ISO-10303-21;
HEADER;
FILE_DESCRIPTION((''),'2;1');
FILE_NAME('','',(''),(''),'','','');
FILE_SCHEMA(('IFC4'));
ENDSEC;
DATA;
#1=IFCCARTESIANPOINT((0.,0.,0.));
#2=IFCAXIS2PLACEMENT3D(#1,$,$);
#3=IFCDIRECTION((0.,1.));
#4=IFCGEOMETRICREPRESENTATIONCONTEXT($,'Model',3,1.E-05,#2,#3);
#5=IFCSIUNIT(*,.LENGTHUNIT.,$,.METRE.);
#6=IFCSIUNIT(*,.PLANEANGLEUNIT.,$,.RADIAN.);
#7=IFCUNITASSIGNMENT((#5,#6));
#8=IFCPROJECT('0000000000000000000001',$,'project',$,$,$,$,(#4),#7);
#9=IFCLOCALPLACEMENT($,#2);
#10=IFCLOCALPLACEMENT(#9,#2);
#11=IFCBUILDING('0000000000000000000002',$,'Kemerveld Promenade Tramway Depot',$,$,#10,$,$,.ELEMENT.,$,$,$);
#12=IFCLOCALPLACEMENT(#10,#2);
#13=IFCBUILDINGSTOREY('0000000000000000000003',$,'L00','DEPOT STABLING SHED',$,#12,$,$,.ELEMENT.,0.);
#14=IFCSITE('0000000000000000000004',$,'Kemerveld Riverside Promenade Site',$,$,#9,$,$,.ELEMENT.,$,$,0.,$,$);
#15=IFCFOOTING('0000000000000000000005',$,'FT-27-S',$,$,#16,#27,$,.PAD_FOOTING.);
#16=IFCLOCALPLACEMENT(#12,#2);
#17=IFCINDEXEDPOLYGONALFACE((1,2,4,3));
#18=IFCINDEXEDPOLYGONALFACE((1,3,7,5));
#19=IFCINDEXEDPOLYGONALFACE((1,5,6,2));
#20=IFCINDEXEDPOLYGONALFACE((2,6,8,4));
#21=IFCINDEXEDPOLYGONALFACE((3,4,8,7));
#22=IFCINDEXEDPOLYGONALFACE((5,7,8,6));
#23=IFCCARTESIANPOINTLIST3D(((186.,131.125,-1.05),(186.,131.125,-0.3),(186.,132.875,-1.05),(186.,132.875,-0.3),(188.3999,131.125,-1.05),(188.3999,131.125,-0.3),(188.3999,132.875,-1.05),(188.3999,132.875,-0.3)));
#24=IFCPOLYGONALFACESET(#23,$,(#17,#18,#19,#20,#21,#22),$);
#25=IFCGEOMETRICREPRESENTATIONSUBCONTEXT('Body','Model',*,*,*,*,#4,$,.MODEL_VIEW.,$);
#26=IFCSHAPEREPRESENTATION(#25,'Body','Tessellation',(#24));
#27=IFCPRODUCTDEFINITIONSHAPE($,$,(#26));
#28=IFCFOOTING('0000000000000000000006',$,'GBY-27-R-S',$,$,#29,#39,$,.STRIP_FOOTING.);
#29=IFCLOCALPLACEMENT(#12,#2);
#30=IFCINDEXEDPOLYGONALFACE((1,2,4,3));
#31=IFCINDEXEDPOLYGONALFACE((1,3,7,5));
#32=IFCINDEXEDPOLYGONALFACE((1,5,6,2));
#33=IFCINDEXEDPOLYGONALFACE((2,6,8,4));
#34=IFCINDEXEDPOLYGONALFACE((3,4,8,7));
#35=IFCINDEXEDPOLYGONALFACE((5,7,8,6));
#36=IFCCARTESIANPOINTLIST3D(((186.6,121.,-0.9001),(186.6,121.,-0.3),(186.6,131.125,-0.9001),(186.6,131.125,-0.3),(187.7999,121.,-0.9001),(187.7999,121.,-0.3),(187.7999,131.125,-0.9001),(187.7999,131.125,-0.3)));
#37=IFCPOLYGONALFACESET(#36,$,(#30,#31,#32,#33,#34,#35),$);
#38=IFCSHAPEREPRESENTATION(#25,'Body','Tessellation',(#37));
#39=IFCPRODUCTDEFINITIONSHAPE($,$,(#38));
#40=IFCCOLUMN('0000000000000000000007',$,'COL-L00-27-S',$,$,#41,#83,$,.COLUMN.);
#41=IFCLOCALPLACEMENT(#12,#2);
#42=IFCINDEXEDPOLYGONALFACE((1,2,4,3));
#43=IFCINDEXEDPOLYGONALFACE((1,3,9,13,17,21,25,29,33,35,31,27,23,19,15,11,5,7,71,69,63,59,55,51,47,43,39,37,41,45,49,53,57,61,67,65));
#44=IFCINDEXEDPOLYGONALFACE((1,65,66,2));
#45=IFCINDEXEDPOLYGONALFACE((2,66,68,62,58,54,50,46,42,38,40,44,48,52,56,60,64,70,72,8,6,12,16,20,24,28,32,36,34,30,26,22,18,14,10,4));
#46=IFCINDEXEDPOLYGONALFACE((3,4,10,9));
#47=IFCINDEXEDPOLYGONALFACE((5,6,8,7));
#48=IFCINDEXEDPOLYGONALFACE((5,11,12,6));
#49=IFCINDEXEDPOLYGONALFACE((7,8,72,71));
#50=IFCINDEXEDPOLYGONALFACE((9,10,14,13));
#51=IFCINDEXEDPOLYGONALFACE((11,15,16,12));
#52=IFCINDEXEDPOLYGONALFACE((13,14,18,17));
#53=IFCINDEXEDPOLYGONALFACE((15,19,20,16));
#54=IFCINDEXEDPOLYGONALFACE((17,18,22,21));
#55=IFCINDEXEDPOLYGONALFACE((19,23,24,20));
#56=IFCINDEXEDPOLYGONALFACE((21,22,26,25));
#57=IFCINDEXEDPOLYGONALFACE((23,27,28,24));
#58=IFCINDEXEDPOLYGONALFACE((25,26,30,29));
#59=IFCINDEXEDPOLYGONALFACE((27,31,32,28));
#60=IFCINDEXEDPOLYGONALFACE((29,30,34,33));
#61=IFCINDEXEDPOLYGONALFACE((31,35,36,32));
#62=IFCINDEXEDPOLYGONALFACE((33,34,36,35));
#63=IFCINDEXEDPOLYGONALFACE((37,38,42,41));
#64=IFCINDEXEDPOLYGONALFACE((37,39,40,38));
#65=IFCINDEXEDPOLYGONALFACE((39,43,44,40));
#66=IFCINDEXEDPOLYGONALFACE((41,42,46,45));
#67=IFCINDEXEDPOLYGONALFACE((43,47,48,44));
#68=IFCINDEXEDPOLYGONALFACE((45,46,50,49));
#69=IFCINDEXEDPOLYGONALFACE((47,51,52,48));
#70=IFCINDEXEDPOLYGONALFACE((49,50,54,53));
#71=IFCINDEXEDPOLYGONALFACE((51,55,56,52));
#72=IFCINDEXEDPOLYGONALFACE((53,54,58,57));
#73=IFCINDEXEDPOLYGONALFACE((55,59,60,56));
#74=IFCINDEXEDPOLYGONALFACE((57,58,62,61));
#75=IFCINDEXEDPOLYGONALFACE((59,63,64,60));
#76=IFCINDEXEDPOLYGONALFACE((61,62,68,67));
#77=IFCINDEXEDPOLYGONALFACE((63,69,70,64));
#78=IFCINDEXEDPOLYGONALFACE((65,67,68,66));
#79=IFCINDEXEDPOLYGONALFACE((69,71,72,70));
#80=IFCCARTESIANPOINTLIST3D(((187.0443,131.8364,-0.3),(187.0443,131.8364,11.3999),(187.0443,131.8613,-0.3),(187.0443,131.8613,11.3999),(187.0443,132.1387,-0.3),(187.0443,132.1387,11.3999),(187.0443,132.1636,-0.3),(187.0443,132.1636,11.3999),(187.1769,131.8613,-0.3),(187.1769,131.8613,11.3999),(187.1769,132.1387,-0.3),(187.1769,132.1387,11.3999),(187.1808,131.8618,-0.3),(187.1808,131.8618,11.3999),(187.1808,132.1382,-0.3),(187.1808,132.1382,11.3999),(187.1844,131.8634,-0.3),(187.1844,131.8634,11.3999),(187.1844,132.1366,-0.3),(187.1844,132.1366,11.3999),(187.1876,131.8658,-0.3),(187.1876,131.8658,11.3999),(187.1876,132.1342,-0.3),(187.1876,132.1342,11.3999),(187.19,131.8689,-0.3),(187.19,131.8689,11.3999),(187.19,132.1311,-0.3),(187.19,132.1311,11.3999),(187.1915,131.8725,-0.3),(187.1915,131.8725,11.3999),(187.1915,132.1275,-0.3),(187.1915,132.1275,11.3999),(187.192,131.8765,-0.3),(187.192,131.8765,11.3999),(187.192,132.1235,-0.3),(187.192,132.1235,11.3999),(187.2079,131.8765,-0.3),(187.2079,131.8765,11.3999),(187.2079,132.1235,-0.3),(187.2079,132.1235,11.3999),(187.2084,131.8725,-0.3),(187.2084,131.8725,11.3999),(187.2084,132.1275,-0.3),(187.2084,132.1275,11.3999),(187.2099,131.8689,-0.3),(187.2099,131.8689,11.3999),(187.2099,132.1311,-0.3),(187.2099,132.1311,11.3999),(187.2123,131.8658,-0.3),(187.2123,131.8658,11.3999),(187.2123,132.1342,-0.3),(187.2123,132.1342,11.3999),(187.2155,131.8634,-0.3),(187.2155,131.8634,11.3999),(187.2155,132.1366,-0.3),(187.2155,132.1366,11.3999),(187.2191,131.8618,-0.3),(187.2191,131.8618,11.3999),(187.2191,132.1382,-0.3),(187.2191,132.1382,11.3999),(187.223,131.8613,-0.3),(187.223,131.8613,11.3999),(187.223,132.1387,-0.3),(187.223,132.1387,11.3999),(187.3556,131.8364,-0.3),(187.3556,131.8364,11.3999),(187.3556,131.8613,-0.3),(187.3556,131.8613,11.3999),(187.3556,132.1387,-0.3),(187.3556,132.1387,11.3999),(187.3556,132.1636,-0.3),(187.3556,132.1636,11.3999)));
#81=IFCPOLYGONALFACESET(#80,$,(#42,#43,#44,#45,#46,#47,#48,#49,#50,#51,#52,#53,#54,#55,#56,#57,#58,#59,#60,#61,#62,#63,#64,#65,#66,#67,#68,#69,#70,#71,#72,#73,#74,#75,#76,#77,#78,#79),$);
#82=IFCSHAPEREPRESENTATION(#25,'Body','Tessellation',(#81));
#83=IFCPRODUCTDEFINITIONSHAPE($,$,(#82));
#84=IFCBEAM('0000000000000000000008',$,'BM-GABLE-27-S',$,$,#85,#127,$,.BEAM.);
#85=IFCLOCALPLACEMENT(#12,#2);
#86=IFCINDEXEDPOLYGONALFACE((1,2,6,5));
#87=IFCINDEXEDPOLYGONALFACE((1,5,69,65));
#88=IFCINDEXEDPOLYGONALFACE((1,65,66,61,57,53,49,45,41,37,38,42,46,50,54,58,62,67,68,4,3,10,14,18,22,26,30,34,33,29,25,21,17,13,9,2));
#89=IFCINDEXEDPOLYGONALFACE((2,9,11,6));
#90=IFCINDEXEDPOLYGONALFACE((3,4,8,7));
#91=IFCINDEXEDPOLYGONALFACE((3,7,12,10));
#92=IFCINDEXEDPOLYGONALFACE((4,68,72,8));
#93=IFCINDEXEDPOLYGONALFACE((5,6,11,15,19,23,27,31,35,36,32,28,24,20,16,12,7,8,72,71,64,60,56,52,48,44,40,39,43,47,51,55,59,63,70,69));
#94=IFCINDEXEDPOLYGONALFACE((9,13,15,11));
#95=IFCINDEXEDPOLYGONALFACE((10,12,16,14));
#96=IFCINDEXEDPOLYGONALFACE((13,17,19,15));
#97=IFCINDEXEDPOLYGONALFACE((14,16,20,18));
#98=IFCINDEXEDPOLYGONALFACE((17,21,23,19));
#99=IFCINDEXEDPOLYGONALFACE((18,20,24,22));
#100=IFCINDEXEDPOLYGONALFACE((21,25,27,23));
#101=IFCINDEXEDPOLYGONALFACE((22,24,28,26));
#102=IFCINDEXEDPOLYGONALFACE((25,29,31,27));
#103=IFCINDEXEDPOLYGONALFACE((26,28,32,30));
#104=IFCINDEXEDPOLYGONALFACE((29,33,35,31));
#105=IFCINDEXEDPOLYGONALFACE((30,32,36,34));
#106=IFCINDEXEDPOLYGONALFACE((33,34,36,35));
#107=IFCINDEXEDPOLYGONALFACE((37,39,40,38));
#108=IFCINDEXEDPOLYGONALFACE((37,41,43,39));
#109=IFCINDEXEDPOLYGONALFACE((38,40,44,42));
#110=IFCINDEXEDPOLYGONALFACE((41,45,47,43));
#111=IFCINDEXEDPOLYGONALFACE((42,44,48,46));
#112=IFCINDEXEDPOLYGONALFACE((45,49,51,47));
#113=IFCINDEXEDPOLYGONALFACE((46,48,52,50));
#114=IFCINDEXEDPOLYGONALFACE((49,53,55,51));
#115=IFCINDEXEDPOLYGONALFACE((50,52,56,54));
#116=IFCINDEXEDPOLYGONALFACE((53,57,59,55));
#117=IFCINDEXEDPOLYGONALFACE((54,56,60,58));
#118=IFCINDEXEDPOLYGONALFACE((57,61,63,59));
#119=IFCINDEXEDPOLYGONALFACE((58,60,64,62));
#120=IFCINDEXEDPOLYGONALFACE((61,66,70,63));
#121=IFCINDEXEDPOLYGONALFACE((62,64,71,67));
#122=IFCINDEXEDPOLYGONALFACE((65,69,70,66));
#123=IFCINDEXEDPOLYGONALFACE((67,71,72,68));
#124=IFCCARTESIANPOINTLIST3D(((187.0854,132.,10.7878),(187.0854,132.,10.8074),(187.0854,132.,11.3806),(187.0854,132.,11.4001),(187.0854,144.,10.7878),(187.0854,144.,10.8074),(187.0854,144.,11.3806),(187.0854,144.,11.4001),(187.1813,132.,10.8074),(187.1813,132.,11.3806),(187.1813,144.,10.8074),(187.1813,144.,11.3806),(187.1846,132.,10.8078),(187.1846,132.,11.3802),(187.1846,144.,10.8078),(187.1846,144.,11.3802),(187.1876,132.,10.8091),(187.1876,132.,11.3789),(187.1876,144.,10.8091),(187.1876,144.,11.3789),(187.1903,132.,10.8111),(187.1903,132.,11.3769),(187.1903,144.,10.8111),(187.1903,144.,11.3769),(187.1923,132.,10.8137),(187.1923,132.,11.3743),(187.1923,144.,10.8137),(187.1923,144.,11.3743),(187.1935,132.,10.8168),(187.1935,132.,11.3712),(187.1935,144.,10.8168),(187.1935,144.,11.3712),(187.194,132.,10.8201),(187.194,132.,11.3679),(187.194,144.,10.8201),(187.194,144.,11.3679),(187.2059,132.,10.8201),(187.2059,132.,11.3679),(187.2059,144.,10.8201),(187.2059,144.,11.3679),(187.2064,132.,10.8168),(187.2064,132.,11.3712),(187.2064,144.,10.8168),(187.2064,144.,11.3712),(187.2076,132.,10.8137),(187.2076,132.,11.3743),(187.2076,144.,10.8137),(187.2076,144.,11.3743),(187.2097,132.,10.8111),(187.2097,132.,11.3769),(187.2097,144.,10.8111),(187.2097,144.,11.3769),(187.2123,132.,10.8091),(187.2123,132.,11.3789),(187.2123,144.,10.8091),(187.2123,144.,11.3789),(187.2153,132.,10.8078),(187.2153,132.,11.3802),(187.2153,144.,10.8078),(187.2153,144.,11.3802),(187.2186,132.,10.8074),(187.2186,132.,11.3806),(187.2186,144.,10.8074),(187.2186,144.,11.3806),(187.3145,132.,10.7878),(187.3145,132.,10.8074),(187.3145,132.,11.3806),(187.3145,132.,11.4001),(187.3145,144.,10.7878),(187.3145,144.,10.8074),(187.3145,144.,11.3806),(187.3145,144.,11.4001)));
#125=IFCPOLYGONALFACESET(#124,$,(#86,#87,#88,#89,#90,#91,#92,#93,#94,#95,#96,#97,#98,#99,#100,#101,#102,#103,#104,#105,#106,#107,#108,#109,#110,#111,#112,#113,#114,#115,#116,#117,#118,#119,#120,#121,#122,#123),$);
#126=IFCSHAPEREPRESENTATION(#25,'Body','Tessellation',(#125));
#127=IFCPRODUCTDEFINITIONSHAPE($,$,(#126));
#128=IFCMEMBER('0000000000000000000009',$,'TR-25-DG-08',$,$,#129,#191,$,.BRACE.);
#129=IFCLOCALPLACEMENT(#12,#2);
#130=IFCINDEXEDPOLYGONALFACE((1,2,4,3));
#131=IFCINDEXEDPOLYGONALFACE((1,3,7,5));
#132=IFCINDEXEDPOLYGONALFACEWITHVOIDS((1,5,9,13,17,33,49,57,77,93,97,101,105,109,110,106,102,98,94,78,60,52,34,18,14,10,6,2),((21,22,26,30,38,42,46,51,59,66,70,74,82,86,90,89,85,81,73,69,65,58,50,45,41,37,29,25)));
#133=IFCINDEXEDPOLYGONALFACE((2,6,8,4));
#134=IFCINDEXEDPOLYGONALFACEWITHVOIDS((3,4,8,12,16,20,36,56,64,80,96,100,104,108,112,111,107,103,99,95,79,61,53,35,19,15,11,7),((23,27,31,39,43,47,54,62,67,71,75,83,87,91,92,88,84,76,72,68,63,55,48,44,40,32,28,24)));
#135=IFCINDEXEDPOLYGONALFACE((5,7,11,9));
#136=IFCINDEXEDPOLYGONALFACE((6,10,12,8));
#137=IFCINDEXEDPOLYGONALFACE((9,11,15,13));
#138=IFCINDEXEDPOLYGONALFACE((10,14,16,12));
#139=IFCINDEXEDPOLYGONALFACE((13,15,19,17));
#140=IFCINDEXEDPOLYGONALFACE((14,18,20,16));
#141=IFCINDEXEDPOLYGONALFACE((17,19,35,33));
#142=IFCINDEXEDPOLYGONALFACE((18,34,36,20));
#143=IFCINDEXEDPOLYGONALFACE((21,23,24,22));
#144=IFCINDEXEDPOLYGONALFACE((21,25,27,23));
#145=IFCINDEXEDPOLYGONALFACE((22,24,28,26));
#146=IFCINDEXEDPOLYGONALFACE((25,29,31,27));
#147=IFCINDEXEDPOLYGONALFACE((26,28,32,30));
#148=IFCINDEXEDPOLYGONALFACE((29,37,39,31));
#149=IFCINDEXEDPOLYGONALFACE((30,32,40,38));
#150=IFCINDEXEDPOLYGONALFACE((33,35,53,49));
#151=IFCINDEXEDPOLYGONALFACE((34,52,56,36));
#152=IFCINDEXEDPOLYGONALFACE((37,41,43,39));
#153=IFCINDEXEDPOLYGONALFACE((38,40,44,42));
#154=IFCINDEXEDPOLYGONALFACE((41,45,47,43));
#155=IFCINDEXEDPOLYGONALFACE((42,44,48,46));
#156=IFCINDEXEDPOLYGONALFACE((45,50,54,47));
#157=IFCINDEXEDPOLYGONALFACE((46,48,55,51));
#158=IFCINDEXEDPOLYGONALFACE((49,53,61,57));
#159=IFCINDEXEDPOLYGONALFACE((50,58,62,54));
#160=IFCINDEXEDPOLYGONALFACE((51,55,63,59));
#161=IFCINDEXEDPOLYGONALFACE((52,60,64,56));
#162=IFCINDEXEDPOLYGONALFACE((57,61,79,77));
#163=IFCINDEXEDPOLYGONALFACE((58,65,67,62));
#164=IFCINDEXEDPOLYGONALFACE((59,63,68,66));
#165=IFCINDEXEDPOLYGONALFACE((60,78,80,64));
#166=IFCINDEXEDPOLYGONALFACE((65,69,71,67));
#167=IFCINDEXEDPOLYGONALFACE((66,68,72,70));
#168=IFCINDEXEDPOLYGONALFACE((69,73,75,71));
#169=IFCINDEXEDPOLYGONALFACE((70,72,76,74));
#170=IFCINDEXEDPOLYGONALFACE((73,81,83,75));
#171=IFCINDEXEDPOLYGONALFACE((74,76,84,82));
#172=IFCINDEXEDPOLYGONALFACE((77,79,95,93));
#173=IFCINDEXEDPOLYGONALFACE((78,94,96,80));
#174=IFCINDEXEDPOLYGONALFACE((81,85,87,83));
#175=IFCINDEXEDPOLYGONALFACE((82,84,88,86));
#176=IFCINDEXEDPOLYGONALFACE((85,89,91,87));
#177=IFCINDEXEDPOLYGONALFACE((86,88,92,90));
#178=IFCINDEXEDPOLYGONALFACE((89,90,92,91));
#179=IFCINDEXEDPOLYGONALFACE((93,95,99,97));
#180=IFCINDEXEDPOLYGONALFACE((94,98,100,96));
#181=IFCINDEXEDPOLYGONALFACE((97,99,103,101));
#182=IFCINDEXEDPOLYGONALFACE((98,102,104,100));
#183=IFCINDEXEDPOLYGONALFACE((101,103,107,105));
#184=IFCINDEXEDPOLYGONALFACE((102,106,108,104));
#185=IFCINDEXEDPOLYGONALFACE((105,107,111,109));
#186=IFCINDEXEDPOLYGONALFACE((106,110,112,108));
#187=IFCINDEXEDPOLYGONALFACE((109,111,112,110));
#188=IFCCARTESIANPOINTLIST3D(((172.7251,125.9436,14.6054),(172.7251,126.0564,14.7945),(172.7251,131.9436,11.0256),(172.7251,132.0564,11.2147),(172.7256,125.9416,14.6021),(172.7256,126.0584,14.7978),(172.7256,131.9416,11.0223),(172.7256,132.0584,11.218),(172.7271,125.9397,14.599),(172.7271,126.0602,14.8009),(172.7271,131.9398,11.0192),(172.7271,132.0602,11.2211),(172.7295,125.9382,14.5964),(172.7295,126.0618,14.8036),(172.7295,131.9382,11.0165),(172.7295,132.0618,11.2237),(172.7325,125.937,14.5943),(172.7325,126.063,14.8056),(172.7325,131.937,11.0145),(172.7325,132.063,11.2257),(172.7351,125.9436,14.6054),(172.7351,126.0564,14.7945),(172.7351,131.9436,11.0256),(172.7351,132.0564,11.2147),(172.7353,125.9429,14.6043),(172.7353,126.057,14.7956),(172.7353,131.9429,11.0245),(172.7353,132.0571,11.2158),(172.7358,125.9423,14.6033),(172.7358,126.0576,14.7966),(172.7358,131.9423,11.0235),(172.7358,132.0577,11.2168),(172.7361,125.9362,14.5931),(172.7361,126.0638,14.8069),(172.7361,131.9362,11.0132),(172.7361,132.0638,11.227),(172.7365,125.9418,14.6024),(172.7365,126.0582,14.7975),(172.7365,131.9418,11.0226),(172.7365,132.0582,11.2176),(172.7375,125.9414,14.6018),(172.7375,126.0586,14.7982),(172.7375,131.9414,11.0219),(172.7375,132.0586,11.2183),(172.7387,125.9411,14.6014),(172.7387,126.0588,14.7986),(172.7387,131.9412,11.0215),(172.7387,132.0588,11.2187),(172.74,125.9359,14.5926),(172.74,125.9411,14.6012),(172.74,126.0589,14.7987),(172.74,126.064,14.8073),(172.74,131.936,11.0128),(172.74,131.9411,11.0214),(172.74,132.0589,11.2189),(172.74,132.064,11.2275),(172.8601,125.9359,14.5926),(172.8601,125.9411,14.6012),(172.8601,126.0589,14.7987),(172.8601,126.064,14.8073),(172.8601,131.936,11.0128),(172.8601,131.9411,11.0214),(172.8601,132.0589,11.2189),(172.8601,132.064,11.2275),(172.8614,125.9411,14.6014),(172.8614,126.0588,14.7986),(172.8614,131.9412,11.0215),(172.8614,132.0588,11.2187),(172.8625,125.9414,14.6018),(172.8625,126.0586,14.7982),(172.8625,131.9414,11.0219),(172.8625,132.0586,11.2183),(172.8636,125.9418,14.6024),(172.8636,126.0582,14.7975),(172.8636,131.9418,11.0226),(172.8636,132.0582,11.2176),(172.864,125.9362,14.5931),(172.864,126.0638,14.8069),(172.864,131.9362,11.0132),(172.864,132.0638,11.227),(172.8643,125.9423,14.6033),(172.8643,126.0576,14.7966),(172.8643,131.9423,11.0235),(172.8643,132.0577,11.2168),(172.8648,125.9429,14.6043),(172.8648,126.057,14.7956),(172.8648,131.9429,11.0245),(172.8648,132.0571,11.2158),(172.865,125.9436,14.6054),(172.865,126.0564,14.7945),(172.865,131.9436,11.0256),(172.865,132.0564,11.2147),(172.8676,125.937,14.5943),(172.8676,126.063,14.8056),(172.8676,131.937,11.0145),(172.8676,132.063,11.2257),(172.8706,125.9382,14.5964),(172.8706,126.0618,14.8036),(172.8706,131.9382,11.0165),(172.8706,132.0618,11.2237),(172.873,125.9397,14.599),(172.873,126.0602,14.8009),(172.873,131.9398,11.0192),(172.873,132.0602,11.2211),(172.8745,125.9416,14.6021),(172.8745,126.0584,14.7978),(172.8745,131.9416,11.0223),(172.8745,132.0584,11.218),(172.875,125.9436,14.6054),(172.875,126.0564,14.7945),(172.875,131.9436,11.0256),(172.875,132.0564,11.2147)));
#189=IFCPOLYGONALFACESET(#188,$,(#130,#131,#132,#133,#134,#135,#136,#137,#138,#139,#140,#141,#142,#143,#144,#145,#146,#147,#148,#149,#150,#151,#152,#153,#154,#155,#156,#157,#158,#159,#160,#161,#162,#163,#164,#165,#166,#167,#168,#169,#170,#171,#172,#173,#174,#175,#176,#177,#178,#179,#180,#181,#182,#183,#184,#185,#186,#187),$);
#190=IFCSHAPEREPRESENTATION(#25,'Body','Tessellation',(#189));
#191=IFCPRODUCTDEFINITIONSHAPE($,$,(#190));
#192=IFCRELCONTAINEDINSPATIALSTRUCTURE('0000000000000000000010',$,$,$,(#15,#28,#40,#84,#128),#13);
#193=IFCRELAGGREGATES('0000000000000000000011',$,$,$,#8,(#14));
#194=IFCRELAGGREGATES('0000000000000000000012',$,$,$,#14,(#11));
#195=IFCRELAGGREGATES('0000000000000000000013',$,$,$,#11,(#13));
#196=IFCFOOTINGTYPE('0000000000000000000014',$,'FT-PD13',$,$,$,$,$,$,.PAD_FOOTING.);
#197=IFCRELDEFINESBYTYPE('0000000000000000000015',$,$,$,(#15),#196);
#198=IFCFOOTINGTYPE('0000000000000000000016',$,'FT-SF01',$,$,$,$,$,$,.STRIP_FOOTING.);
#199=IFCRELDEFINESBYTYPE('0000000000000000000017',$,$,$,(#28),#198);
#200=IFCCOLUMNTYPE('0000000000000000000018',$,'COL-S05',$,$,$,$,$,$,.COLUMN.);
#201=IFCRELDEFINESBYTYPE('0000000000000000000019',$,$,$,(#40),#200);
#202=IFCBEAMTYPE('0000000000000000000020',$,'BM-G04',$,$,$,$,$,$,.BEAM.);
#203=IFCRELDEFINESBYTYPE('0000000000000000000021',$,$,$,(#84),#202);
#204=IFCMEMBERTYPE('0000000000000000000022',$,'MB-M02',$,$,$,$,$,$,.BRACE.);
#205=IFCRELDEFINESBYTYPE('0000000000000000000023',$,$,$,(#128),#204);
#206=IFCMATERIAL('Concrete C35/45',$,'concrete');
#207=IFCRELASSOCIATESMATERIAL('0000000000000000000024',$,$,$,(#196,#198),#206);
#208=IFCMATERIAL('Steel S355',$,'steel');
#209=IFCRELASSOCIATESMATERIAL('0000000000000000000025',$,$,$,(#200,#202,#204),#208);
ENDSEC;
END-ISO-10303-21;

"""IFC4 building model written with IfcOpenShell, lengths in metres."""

from ifc_helpers import new_model, si_unit, direction, frame, origin, origin_2d, place, context, subcontext, project, spatial, rectangle, hollow_rectangle, i_section, extrude, material, material_profile, profile_set, type_object, element, save


model = new_model("IFC4")

# Units and contexts
model_context = context("Model", 3, precision=1e-05, world=origin(), true_north=direction((0.0, 1.0)))
body_context = subcontext(model_context, "Body", "Model", "MODEL_VIEW")
ifc_project = project(units=[si_unit("LENGTHUNIT", "METRE"), si_unit("PLANEANGLEUNIT", "RADIAN")], contexts=[model_context])

# Site, building, storey
site_placement = place(None, origin())
site = spatial("IfcSite", under=ifc_project, at=site_placement, Name="Kemerveld Riverside Promenade Site", CompositionType="ELEMENT", RefElevation=0.0)
building_placement = place(site_placement, origin())
building = spatial("IfcBuilding", under=site, at=building_placement, Name="Kemerveld Promenade Tramway Depot", CompositionType="ELEMENT")
storey_placement = place(building_placement, origin())
storey = spatial("IfcBuildingStorey", under=building, at=storey_placement, Name="L00", Description="DEPOT STABLING SHED", CompositionType="ELEMENT", Elevation=0.0)

# Footings
ifc_material_1 = material(Name="Concrete C35/45", Category="concrete")
footing_type_1 = type_object("IfcFootingType", Name="FT-PD13", PredefinedType="PAD_FOOTING", material=ifc_material_1)
footing_1_placement = place(storey_placement, frame((187.2, 132.0, -1.05), z_axis=(0.0, 0.0, 1.0), x_axis=(1.0, 0.0, 0.0)))
element("IfcFooting", 1, at=footing_1_placement, inside=storey, type_object=footing_type_1, Name="FT-27-S", PredefinedType="PAD_FOOTING", context=body_context, shape_type="SweptSolid", body=[
    extrude(rectangle(XDim=2.3999, YDim=1.75, at=origin_2d()), origin(), (0.0, 0.0, 1.0), 0.75),
])
footing_type_2 = type_object("IfcFootingType", Name="FT-SF01", PredefinedType="STRIP_FOOTING", material=ifc_material_1)
footing_2_placement = place(storey_placement, frame((187.2, 126.0625, -0.9001), z_axis=(0.0, 0.0, 1.0), x_axis=(0.0, 1.0, 0.0)))
element("IfcFooting", 2, at=footing_2_placement, inside=storey, type_object=footing_type_2, Name="GBY-27-R-S", PredefinedType="STRIP_FOOTING", context=body_context, shape_type="SweptSolid", body=[
    extrude(rectangle(XDim=10.125, YDim=1.2, at=origin_2d()), origin(), (0.0, 0.0, 1.0), 0.6001),
])

# Column
ifc_material_2 = material(Name="Steel S355", Category="steel")
ifc_material_profile_1 = material_profile(ifc_material_2, i_section(OverallWidth=0.3113, OverallDepth=0.3271, WebThickness=0.0159, FlangeThickness=0.0249, FilletRadius=0.0151, at=origin_2d()), Name="305x305x158 UC")
ifc_profile_set_1 = profile_set([ifc_material_profile_1], Name="Steel S355")
column_type = type_object("IfcColumnType", Name="COL-S05", PredefinedType="COLUMN", material=ifc_profile_set_1)
column_placement = place(storey_placement, frame((187.2, 132.0, -0.3), z_axis=(0.0, 0.0, 1.0), x_axis=(1.0, 0.0, 0.0)))
element("IfcColumn", 3, at=column_placement, inside=storey, type_object=column_type, Name="COL-L00-27-S", PredefinedType="COLUMN", context=body_context, shape_type="SweptSolid", body=[
    extrude(i_section(OverallWidth=0.3113, OverallDepth=0.3271, WebThickness=0.0159, FlangeThickness=0.0249, FilletRadius=0.0151, at=origin_2d()), origin(), (0.0, 0.0, 1.0), 11.7),
])

# Beam
ifc_material_profile_2 = material_profile(ifc_material_2, i_section(OverallWidth=0.229, OverallDepth=0.6123, WebThickness=0.012, FlangeThickness=0.0195, FilletRadius=0.0127, at=origin_2d()), Name="610x229x125 UB")
ifc_profile_set_2 = profile_set([ifc_material_profile_2], Name="Steel S355")
beam_type = type_object("IfcBeamType", Name="BM-G04", PredefinedType="BEAM", material=ifc_profile_set_2)
beam_placement = place(storey_placement, frame((187.2, 132.0, 11.094), z_axis=(0.0, 1.0, 0.0), x_axis=(-1.0, 0.0, 0.0)))
element("IfcBeam", 4, at=beam_placement, inside=storey, type_object=beam_type, Name="BM-GABLE-27-S", PredefinedType="BEAM", context=body_context, shape_type="SweptSolid", body=[
    extrude(i_section(OverallWidth=0.229, OverallDepth=0.6123, WebThickness=0.012, FlangeThickness=0.0195, FilletRadius=0.0127, at=origin_2d()), origin(), (0.0, 0.0, 1.0), 12.0),
])

# Member
ifc_material_profile_3 = material_profile(ifc_material_2, hollow_rectangle(XDim=0.1499, YDim=0.25, WallThickness=0.01, InnerFilletRadius=0.0049, OuterFilletRadius=0.0149, at=origin_2d()), Name="250x150x10.0 RHS")
ifc_profile_set_3 = profile_set([ifc_material_profile_3], Name="Steel S355")
member_type_1 = type_object("IfcMemberType", Name="MB-M02", PredefinedType="BRACE", material=ifc_profile_set_3)
member_1_placement = place(storey_placement, frame((172.8, 132.0, 11.1201), z_axis=(0.0, -0.858764, 0.512372), x_axis=(1.0, 0.0, 0.0)))
element("IfcMember", 5, at=member_1_placement, inside=storey, type_object=member_type_1, Name="TR-25-DG-08", PredefinedType="BRACE", context=body_context, shape_type="SweptSolid", body=[
    extrude(hollow_rectangle(XDim=0.1499, YDim=0.25, WallThickness=0.01, InnerFilletRadius=0.0049, OuterFilletRadius=0.0149, at=origin_2d()), origin(), (0.0, 0.0, 1.0), 6.9868),
])

save(model, "model.ifc")
